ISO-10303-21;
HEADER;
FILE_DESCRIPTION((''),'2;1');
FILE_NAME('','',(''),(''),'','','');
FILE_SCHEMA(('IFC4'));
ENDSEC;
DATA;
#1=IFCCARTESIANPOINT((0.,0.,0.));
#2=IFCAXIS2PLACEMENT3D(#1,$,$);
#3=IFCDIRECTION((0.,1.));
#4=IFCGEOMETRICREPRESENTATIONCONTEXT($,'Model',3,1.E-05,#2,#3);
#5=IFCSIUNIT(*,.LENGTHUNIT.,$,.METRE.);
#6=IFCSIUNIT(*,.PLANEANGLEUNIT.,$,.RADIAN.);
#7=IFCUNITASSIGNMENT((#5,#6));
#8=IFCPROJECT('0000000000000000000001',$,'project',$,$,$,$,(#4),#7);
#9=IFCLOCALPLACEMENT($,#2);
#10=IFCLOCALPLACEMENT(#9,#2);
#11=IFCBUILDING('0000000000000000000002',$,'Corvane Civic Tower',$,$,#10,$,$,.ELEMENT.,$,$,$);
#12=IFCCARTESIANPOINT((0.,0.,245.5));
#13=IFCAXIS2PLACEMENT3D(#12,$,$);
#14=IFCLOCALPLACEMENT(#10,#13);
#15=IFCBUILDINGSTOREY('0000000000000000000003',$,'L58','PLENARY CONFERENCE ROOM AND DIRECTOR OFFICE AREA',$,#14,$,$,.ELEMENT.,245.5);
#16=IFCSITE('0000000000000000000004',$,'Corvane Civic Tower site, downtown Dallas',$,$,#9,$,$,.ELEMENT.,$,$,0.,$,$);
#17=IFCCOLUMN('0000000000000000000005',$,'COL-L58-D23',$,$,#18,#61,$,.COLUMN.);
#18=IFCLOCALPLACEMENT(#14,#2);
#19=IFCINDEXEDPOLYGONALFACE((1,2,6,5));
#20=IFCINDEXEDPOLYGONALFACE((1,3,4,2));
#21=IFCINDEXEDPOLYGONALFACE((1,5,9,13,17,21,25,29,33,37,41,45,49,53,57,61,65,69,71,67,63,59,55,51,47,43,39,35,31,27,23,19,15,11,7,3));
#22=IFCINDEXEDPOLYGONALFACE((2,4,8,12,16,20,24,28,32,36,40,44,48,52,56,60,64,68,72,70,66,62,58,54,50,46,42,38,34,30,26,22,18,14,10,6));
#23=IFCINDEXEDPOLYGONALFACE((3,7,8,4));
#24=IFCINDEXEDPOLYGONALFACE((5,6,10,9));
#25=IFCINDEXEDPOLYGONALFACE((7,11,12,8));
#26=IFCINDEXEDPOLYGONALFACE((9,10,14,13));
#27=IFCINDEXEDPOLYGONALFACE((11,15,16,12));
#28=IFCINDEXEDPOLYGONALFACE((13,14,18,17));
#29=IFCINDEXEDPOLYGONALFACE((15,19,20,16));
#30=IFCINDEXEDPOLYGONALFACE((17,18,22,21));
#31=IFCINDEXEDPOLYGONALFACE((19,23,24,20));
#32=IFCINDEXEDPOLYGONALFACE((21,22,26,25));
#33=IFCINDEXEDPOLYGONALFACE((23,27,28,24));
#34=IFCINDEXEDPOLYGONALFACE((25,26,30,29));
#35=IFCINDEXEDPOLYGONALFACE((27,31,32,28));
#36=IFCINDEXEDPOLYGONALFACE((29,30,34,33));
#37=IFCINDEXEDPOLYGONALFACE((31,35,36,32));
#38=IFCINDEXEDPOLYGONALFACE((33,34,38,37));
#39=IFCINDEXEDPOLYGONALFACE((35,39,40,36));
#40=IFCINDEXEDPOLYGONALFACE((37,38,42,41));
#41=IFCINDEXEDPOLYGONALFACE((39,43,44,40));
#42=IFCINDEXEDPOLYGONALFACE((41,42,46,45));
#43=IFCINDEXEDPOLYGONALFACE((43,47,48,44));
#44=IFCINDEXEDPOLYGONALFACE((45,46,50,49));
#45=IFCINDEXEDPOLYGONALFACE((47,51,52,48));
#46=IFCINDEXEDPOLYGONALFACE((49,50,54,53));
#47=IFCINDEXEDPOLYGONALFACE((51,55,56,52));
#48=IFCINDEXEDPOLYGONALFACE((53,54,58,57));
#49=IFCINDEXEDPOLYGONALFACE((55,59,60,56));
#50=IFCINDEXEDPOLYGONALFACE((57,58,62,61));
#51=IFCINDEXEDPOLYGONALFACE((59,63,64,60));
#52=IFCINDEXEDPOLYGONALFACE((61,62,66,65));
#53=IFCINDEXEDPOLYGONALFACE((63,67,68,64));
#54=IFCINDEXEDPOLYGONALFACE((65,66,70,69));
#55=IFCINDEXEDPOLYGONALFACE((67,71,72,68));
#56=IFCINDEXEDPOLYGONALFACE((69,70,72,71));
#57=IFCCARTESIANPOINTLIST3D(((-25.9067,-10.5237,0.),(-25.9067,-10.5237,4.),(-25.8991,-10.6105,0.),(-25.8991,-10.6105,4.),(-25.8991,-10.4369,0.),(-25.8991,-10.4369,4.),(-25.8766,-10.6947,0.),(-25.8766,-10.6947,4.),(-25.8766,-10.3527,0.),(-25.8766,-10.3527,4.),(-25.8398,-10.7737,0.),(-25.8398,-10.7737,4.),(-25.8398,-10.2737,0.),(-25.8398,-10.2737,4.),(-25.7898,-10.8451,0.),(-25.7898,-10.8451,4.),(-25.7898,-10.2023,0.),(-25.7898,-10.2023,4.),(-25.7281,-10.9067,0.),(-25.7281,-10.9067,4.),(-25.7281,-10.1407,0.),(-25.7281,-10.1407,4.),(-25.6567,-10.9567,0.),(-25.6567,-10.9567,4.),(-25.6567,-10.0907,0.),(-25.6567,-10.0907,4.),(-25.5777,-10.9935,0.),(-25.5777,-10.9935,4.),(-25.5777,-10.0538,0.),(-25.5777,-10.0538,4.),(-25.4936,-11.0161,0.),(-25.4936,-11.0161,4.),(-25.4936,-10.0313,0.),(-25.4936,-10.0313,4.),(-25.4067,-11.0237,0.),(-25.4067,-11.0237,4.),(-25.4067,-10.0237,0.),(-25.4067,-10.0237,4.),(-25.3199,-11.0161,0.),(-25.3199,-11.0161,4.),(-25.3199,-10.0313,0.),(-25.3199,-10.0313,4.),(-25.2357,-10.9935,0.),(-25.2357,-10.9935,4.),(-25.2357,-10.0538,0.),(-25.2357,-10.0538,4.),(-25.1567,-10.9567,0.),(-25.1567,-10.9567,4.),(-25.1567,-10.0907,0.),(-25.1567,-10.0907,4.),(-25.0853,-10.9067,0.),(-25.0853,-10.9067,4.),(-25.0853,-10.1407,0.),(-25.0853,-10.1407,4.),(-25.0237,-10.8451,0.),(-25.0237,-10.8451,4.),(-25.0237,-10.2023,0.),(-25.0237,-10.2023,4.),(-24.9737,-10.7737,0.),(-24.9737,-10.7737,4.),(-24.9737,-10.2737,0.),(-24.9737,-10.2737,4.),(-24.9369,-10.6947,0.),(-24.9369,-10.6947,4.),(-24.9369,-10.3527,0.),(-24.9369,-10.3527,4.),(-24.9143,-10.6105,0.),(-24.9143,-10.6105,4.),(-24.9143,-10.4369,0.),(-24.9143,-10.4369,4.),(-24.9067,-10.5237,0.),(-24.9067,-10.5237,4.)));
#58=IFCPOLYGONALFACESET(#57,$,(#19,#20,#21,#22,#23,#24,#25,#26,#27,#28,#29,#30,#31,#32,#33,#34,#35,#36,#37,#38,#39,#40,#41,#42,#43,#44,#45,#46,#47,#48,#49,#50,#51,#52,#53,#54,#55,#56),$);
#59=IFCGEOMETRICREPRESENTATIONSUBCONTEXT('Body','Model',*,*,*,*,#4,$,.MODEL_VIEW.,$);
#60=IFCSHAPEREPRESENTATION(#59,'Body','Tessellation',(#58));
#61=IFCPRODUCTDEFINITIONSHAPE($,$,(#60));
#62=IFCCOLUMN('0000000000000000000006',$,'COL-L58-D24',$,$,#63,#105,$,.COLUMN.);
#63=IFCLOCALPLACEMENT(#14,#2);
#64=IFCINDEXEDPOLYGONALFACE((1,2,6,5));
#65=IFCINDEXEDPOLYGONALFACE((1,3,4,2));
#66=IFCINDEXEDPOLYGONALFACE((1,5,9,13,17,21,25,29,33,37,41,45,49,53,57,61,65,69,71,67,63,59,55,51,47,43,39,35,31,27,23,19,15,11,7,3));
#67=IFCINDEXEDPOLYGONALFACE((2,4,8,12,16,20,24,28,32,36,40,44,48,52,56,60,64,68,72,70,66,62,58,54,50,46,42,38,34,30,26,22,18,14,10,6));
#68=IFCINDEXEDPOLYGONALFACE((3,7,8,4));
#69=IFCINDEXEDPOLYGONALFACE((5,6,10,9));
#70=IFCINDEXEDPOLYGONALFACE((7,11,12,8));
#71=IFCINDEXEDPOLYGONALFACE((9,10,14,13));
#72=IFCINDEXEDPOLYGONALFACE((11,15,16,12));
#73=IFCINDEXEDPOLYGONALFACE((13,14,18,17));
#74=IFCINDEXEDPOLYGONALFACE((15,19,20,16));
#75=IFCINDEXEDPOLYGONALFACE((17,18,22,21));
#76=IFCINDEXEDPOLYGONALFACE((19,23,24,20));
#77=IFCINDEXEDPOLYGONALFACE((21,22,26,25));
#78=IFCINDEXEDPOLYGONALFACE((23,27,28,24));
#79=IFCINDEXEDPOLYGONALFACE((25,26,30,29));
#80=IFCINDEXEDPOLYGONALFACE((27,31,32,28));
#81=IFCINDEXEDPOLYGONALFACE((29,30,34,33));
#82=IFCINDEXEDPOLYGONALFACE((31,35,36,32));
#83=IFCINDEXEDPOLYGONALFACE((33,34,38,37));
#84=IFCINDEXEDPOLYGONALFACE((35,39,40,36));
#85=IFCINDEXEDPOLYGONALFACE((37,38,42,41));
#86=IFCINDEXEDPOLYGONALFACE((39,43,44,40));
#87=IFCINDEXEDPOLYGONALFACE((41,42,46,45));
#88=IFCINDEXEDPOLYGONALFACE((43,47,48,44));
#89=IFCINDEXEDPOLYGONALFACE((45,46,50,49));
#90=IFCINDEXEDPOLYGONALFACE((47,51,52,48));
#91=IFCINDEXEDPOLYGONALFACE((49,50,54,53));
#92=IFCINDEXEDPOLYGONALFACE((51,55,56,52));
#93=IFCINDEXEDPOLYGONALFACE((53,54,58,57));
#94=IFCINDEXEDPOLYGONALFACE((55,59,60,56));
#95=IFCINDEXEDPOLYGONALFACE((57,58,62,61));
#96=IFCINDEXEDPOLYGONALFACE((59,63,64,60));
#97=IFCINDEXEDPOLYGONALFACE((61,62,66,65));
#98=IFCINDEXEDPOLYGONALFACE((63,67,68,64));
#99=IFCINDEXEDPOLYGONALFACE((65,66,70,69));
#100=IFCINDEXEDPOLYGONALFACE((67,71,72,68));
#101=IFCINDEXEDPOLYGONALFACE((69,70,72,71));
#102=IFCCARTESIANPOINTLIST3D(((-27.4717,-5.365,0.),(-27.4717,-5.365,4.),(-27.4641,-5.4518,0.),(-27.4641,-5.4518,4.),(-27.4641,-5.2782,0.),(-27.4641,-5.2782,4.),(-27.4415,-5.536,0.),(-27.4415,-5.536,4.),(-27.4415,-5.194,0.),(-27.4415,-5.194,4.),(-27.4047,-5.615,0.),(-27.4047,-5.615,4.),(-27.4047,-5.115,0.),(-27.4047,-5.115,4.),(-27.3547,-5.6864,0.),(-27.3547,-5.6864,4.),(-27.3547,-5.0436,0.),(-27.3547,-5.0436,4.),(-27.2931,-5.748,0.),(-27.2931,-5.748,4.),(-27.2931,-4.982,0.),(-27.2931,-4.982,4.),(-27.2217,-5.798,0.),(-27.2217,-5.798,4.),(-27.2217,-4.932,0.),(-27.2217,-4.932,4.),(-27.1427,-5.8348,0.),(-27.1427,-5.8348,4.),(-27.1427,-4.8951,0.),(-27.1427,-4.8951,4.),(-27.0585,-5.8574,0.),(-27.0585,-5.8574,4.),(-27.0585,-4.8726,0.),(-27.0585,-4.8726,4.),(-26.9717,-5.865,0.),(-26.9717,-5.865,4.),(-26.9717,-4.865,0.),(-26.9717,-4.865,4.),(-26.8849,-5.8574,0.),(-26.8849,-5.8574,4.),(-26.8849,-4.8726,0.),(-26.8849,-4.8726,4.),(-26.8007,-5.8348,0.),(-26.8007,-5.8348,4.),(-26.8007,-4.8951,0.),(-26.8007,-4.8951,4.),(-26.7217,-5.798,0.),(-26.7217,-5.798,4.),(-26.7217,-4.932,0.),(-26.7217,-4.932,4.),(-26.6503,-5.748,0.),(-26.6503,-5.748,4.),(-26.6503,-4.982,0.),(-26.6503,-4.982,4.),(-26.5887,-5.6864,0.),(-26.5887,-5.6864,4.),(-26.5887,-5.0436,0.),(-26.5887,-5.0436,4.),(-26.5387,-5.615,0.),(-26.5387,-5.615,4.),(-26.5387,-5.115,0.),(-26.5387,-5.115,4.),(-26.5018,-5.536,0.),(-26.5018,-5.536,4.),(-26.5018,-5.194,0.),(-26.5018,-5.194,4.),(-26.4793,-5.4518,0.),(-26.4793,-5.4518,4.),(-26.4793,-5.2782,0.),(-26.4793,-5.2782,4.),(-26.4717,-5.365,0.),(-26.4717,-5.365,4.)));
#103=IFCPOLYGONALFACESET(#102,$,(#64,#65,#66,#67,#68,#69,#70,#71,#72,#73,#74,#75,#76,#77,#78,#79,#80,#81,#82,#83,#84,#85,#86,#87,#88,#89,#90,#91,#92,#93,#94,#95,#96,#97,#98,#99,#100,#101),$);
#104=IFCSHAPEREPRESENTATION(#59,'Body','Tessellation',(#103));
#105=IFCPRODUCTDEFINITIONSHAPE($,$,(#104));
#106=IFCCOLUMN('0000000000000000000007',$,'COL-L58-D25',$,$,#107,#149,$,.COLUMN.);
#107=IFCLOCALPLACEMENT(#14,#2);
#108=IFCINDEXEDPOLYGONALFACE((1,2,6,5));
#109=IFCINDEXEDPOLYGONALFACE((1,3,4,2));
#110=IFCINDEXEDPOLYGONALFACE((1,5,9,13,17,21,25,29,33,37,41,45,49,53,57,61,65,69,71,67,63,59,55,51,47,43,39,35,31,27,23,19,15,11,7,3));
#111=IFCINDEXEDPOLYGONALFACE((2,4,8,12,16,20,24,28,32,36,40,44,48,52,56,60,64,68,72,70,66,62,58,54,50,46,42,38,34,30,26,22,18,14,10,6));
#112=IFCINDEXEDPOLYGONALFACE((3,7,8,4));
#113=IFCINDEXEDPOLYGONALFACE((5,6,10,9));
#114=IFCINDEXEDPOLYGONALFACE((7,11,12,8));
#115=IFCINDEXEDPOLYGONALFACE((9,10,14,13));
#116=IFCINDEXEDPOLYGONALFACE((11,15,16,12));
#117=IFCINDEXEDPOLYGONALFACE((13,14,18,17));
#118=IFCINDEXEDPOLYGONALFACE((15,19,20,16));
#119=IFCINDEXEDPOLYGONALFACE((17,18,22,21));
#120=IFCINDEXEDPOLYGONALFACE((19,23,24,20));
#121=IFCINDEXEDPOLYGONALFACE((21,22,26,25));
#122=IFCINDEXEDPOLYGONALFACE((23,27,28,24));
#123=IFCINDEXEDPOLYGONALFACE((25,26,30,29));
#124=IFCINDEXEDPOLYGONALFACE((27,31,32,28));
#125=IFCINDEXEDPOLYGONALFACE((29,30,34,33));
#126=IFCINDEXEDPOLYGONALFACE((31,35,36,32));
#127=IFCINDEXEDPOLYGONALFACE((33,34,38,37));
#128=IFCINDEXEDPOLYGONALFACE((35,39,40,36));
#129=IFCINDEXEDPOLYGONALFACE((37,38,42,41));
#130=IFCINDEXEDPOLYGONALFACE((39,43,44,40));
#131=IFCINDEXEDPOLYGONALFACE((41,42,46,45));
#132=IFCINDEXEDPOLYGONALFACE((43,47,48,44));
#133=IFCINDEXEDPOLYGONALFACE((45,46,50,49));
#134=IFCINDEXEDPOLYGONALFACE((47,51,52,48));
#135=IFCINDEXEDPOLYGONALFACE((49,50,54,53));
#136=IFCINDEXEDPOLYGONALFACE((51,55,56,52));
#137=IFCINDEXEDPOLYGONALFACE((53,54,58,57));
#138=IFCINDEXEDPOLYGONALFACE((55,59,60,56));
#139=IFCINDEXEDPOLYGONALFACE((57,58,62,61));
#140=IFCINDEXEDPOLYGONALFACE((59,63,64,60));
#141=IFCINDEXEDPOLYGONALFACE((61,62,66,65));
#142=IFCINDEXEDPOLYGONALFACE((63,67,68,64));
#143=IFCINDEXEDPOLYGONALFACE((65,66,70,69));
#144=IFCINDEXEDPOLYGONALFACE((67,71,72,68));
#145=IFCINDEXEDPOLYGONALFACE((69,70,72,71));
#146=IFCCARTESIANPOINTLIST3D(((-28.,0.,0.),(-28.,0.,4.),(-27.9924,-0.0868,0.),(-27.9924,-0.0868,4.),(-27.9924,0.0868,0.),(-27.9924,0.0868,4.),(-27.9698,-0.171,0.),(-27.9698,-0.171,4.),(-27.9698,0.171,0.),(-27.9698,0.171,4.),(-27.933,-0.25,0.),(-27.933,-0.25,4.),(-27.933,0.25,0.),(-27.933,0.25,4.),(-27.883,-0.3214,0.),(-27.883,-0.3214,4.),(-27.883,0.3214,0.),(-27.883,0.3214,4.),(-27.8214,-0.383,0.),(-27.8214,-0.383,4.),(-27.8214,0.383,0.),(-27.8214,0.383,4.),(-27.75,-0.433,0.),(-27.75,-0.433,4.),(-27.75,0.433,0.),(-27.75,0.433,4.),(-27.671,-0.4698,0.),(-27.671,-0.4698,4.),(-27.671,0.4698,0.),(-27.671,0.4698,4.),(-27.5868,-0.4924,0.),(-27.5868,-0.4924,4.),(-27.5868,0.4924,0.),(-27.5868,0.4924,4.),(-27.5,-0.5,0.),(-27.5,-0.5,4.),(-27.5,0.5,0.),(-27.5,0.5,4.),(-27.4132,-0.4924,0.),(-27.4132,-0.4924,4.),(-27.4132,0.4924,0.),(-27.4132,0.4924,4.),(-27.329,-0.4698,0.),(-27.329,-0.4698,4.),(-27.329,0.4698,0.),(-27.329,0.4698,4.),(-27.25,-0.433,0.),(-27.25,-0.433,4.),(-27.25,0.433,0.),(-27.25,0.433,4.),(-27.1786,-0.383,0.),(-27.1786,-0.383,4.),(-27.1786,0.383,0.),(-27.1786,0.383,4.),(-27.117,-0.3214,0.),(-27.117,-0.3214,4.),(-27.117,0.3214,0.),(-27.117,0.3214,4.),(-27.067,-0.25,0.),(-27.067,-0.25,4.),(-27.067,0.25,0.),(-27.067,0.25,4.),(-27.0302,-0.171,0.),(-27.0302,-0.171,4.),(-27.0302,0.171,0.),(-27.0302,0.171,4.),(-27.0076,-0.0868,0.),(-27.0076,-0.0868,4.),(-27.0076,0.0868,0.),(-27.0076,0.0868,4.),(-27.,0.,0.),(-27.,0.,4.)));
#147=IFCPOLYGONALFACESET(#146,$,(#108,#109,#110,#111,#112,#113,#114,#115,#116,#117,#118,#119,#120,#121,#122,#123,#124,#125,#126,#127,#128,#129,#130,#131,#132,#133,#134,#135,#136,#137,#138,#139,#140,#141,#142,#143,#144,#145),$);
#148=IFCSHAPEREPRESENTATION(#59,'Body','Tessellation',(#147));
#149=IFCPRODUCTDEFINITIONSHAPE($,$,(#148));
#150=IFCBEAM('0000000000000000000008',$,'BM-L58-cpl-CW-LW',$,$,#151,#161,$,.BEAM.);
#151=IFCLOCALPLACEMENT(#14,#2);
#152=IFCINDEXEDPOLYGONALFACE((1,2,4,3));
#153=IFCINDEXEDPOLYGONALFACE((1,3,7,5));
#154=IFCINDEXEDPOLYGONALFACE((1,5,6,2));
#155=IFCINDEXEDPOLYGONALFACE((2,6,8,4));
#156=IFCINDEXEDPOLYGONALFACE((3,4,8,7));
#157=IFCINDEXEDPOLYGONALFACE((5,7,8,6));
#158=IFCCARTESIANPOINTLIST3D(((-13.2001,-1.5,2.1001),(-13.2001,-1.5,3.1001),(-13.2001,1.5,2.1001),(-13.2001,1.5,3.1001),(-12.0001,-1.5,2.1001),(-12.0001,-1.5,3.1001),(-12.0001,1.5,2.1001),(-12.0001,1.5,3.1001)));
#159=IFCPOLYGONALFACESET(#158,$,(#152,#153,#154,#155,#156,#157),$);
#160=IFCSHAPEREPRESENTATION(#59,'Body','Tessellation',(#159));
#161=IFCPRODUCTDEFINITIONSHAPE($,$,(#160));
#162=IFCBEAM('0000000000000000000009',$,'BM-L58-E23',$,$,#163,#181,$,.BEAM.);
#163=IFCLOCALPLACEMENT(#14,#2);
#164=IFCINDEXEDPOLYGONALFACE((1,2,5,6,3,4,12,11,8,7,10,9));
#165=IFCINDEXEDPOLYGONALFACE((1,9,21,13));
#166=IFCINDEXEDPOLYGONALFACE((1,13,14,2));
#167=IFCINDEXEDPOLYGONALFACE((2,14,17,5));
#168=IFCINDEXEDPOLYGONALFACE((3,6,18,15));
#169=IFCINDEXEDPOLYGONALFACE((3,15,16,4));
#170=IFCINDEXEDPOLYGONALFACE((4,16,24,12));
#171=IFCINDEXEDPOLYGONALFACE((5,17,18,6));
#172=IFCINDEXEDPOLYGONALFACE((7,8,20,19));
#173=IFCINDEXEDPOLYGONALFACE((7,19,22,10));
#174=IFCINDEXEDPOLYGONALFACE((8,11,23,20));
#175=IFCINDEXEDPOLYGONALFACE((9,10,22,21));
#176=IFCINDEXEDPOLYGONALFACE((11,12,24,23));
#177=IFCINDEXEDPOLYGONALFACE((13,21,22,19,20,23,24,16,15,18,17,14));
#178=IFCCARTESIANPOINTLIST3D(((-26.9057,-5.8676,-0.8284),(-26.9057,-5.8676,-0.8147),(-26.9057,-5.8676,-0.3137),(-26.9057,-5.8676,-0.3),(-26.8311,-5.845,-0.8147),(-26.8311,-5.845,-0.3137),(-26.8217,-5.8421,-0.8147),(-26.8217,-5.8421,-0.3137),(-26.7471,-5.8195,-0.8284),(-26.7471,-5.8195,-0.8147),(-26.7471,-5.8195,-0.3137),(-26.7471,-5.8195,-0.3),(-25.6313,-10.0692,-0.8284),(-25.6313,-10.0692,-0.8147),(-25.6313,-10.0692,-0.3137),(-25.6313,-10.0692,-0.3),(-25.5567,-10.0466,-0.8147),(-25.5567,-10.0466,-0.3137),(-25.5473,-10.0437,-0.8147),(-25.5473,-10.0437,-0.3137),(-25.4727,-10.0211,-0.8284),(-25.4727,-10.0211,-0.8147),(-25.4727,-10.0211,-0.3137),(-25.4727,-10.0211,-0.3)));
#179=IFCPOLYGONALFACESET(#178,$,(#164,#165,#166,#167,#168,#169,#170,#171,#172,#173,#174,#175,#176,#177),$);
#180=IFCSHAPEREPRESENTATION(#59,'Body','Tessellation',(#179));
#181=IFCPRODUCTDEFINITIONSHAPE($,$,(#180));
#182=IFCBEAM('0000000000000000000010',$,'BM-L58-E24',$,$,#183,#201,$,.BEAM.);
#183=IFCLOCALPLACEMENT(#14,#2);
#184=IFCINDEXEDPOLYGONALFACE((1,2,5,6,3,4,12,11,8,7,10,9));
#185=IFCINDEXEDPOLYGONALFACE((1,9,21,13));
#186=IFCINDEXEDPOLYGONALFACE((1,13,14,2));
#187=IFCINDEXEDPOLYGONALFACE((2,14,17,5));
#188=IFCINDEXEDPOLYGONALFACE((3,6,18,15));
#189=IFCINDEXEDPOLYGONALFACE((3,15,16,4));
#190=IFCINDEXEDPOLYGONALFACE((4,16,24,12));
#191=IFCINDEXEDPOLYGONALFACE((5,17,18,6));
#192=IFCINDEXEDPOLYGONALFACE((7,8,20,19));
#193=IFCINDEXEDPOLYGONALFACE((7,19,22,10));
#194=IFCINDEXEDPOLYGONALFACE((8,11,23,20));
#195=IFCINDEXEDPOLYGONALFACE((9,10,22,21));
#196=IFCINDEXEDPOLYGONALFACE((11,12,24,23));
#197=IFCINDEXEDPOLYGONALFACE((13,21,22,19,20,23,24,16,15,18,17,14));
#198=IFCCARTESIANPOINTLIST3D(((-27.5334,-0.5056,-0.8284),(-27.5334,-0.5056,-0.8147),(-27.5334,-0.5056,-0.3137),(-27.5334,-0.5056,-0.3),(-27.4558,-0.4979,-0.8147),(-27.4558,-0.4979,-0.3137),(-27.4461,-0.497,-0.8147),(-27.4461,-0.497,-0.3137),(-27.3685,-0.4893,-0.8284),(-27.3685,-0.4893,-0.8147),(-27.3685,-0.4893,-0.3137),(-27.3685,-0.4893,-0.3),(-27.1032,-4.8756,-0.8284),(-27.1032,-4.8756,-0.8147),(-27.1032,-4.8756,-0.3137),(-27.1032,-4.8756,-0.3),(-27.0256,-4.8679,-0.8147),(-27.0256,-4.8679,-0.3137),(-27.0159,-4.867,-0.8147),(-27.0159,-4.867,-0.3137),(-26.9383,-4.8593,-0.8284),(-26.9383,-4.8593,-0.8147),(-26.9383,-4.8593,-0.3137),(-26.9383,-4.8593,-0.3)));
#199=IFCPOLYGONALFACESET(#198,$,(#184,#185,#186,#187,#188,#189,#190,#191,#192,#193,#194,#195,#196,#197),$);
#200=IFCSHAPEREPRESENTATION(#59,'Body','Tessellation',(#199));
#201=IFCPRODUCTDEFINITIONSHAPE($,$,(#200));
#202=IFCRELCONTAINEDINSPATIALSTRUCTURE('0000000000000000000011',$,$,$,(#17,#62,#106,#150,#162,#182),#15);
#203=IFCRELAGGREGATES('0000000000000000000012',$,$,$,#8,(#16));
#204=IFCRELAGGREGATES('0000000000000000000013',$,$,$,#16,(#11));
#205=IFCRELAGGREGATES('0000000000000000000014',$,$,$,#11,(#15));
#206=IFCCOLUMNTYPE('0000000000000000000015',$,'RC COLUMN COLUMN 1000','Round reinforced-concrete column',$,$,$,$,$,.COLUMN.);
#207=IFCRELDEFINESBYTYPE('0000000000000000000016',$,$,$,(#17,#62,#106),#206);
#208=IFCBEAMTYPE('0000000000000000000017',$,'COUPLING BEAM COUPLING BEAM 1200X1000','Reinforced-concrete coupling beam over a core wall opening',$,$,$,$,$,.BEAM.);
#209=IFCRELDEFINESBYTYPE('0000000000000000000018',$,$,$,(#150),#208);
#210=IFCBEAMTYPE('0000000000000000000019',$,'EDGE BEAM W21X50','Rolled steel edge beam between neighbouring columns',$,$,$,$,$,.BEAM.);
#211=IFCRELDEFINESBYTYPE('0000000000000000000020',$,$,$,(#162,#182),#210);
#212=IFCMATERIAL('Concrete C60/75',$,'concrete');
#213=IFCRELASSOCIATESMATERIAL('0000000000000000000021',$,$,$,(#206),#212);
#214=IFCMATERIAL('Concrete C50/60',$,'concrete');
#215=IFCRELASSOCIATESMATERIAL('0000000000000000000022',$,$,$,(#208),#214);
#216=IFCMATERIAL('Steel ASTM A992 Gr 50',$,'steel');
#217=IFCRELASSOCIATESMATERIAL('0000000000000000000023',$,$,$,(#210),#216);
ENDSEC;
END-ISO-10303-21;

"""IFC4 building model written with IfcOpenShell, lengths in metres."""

from ifc_helpers import new_model, si_unit, direction, frame, origin, origin_2d, place, context, subcontext, project, spatial, rectangle, circle, i_section, extrude, material, material_profile, profile_set, type_object, element, save


model = new_model("IFC4")

# Units and contexts
model_context = context("Model", 3, precision=1e-05, world=origin(), true_north=direction((0.0, 1.0)))
body_context = subcontext(model_context, "Body", "Model", "MODEL_VIEW")
ifc_project = project(units=[si_unit("LENGTHUNIT", "METRE"), si_unit("PLANEANGLEUNIT", "RADIAN")], contexts=[model_context])

# Site, building, storey
site_placement = place(None, origin())
site = spatial("IfcSite", under=ifc_project, at=site_placement, Name="Corvane Civic Tower site, downtown Dallas", CompositionType="ELEMENT", RefElevation=0.0)
building_placement = place(site_placement, origin())
building = spatial("IfcBuilding", under=site, at=building_placement, Name="Corvane Civic Tower", CompositionType="ELEMENT")
storey_placement = place(building_placement, frame((0.0, 0.0, 245.5)))
storey = spatial("IfcBuildingStorey", under=building, at=storey_placement, Name="L58", Description="PLENARY CONFERENCE ROOM AND DIRECTOR OFFICE AREA", CompositionType="ELEMENT", Elevation=245.5)

# Columns
ifc_material_1 = material(Name="Concrete C60/75", Category="concrete")
ifc_material_profile_1 = material_profile(ifc_material_1, circle(Radius=0.5, at=origin_2d()), Name="COLUMN 1000")
ifc_profile_set_1 = profile_set([ifc_material_profile_1], Name="Concrete C60/75")
column_type = type_object("IfcColumnType", Name="RC COLUMN COLUMN 1000", Description="Round reinforced-concrete column", PredefinedType="COLUMN", material=ifc_profile_set_1)
for number, where, z_axis, x_axis, name in (
    (1, (-25.4067, -10.5237, 0.0), (0.0, 0.0, 1.0), (1.0, 0.0, 0.0), "COL-L58-D23"),
    (2, (-26.9717, -5.365, 0.0), (0.0, 0.0, 1.0), (1.0, 0.0, 0.0), "COL-L58-D24"),
    (3, (-27.5, 0.0, 0.0), (0.0, 0.0, 1.0), (1.0, 0.0, 0.0), "COL-L58-D25"),
):
    element("IfcColumn", number, at=place(storey_placement, frame(where, z_axis=z_axis, x_axis=x_axis)), inside=storey, type_object=column_type, Name=name, PredefinedType="COLUMN", context=body_context, shape_type="SweptSolid", body=[
        extrude(circle(Radius=0.5, at=origin_2d()), origin(), (0.0, 0.0, 1.0), 4.0),
    ])

# Beams
ifc_material_2 = material(Name="Concrete C50/60", Category="concrete")
ifc_material_profile_2 = material_profile(ifc_material_2, rectangle(XDim=1.2, YDim=1.0, at=origin_2d()), Name="COUPLING BEAM 1200X1000")
ifc_profile_set_2 = profile_set([ifc_material_profile_2], Name="Concrete C50/60")
beam_type_1 = type_object("IfcBeamType", Name="COUPLING BEAM COUPLING BEAM 1200X1000", Description="Reinforced-concrete coupling beam over a core wall opening", PredefinedType="BEAM", material=ifc_profile_set_2)
beam_1_placement = place(storey_placement, frame((-12.6001, -1.5, 2.6001), z_axis=(0.0, 1.0, 0.0), x_axis=(-1.0, 0.0, 0.0)))
element("IfcBeam", 4, at=beam_1_placement, inside=storey, type_object=beam_type_1, Name="BM-L58-cpl-CW-LW", PredefinedType="BEAM", context=body_context, shape_type="SweptSolid", body=[
    extrude(rectangle(XDim=1.2, YDim=1.0, at=origin_2d()), origin(), (0.0, 0.0, 1.0), 3.0),
])
ifc_material_3 = material(Name="Steel ASTM A992 Gr 50", Category="steel")
ifc_material_profile_3 = material_profile(ifc_material_3, i_section(OverallWidth=0.1658, OverallDepth=0.5283, WebThickness=0.0098, FlangeThickness=0.0137, at=origin_2d()), Name="W21X50")
ifc_profile_set_3 = profile_set([ifc_material_profile_3], Name="Steel ASTM A992 Gr 50")
beam_type_2 = type_object("IfcBeamType", Name="EDGE BEAM W21X50", Description="Rolled steel edge beam between neighbouring columns", PredefinedType="BEAM", material=ifc_profile_set_3)
beam_2_placement = place(storey_placement, frame((-25.552, -10.0452, -0.5642), z_axis=(-0.290254, 0.95695, 0.0), x_axis=(-0.95695, -0.290254, 0.0)))
element("IfcBeam", 5, at=beam_2_placement, inside=storey, type_object=beam_type_2, Name="BM-L58-E23", PredefinedType="BEAM", context=body_context, shape_type="SweptSolid", body=[
    extrude(i_section(OverallWidth=0.1658, OverallDepth=0.5283, WebThickness=0.0098, FlangeThickness=0.0137, at=origin_2d()), origin(), (0.0, 0.0, 1.0), 4.3906),
])
beam_3_placement = place(storey_placement, frame((-27.0208, -4.8674, -0.5642), z_axis=(-0.097968, 0.99519, 0.0), x_axis=(-0.99519, -0.097968, 0.0)))
element("IfcBeam", 6, at=beam_3_placement, inside=storey, type_object=beam_type_2, Name="BM-L58-E24", PredefinedType="BEAM", context=body_context, shape_type="SweptSolid", body=[
    extrude(i_section(OverallWidth=0.1658, OverallDepth=0.5283, WebThickness=0.0098, FlangeThickness=0.0137, at=origin_2d()), origin(), (0.0, 0.0, 1.0), 4.3911),
])

save(model, "model.ifc")
